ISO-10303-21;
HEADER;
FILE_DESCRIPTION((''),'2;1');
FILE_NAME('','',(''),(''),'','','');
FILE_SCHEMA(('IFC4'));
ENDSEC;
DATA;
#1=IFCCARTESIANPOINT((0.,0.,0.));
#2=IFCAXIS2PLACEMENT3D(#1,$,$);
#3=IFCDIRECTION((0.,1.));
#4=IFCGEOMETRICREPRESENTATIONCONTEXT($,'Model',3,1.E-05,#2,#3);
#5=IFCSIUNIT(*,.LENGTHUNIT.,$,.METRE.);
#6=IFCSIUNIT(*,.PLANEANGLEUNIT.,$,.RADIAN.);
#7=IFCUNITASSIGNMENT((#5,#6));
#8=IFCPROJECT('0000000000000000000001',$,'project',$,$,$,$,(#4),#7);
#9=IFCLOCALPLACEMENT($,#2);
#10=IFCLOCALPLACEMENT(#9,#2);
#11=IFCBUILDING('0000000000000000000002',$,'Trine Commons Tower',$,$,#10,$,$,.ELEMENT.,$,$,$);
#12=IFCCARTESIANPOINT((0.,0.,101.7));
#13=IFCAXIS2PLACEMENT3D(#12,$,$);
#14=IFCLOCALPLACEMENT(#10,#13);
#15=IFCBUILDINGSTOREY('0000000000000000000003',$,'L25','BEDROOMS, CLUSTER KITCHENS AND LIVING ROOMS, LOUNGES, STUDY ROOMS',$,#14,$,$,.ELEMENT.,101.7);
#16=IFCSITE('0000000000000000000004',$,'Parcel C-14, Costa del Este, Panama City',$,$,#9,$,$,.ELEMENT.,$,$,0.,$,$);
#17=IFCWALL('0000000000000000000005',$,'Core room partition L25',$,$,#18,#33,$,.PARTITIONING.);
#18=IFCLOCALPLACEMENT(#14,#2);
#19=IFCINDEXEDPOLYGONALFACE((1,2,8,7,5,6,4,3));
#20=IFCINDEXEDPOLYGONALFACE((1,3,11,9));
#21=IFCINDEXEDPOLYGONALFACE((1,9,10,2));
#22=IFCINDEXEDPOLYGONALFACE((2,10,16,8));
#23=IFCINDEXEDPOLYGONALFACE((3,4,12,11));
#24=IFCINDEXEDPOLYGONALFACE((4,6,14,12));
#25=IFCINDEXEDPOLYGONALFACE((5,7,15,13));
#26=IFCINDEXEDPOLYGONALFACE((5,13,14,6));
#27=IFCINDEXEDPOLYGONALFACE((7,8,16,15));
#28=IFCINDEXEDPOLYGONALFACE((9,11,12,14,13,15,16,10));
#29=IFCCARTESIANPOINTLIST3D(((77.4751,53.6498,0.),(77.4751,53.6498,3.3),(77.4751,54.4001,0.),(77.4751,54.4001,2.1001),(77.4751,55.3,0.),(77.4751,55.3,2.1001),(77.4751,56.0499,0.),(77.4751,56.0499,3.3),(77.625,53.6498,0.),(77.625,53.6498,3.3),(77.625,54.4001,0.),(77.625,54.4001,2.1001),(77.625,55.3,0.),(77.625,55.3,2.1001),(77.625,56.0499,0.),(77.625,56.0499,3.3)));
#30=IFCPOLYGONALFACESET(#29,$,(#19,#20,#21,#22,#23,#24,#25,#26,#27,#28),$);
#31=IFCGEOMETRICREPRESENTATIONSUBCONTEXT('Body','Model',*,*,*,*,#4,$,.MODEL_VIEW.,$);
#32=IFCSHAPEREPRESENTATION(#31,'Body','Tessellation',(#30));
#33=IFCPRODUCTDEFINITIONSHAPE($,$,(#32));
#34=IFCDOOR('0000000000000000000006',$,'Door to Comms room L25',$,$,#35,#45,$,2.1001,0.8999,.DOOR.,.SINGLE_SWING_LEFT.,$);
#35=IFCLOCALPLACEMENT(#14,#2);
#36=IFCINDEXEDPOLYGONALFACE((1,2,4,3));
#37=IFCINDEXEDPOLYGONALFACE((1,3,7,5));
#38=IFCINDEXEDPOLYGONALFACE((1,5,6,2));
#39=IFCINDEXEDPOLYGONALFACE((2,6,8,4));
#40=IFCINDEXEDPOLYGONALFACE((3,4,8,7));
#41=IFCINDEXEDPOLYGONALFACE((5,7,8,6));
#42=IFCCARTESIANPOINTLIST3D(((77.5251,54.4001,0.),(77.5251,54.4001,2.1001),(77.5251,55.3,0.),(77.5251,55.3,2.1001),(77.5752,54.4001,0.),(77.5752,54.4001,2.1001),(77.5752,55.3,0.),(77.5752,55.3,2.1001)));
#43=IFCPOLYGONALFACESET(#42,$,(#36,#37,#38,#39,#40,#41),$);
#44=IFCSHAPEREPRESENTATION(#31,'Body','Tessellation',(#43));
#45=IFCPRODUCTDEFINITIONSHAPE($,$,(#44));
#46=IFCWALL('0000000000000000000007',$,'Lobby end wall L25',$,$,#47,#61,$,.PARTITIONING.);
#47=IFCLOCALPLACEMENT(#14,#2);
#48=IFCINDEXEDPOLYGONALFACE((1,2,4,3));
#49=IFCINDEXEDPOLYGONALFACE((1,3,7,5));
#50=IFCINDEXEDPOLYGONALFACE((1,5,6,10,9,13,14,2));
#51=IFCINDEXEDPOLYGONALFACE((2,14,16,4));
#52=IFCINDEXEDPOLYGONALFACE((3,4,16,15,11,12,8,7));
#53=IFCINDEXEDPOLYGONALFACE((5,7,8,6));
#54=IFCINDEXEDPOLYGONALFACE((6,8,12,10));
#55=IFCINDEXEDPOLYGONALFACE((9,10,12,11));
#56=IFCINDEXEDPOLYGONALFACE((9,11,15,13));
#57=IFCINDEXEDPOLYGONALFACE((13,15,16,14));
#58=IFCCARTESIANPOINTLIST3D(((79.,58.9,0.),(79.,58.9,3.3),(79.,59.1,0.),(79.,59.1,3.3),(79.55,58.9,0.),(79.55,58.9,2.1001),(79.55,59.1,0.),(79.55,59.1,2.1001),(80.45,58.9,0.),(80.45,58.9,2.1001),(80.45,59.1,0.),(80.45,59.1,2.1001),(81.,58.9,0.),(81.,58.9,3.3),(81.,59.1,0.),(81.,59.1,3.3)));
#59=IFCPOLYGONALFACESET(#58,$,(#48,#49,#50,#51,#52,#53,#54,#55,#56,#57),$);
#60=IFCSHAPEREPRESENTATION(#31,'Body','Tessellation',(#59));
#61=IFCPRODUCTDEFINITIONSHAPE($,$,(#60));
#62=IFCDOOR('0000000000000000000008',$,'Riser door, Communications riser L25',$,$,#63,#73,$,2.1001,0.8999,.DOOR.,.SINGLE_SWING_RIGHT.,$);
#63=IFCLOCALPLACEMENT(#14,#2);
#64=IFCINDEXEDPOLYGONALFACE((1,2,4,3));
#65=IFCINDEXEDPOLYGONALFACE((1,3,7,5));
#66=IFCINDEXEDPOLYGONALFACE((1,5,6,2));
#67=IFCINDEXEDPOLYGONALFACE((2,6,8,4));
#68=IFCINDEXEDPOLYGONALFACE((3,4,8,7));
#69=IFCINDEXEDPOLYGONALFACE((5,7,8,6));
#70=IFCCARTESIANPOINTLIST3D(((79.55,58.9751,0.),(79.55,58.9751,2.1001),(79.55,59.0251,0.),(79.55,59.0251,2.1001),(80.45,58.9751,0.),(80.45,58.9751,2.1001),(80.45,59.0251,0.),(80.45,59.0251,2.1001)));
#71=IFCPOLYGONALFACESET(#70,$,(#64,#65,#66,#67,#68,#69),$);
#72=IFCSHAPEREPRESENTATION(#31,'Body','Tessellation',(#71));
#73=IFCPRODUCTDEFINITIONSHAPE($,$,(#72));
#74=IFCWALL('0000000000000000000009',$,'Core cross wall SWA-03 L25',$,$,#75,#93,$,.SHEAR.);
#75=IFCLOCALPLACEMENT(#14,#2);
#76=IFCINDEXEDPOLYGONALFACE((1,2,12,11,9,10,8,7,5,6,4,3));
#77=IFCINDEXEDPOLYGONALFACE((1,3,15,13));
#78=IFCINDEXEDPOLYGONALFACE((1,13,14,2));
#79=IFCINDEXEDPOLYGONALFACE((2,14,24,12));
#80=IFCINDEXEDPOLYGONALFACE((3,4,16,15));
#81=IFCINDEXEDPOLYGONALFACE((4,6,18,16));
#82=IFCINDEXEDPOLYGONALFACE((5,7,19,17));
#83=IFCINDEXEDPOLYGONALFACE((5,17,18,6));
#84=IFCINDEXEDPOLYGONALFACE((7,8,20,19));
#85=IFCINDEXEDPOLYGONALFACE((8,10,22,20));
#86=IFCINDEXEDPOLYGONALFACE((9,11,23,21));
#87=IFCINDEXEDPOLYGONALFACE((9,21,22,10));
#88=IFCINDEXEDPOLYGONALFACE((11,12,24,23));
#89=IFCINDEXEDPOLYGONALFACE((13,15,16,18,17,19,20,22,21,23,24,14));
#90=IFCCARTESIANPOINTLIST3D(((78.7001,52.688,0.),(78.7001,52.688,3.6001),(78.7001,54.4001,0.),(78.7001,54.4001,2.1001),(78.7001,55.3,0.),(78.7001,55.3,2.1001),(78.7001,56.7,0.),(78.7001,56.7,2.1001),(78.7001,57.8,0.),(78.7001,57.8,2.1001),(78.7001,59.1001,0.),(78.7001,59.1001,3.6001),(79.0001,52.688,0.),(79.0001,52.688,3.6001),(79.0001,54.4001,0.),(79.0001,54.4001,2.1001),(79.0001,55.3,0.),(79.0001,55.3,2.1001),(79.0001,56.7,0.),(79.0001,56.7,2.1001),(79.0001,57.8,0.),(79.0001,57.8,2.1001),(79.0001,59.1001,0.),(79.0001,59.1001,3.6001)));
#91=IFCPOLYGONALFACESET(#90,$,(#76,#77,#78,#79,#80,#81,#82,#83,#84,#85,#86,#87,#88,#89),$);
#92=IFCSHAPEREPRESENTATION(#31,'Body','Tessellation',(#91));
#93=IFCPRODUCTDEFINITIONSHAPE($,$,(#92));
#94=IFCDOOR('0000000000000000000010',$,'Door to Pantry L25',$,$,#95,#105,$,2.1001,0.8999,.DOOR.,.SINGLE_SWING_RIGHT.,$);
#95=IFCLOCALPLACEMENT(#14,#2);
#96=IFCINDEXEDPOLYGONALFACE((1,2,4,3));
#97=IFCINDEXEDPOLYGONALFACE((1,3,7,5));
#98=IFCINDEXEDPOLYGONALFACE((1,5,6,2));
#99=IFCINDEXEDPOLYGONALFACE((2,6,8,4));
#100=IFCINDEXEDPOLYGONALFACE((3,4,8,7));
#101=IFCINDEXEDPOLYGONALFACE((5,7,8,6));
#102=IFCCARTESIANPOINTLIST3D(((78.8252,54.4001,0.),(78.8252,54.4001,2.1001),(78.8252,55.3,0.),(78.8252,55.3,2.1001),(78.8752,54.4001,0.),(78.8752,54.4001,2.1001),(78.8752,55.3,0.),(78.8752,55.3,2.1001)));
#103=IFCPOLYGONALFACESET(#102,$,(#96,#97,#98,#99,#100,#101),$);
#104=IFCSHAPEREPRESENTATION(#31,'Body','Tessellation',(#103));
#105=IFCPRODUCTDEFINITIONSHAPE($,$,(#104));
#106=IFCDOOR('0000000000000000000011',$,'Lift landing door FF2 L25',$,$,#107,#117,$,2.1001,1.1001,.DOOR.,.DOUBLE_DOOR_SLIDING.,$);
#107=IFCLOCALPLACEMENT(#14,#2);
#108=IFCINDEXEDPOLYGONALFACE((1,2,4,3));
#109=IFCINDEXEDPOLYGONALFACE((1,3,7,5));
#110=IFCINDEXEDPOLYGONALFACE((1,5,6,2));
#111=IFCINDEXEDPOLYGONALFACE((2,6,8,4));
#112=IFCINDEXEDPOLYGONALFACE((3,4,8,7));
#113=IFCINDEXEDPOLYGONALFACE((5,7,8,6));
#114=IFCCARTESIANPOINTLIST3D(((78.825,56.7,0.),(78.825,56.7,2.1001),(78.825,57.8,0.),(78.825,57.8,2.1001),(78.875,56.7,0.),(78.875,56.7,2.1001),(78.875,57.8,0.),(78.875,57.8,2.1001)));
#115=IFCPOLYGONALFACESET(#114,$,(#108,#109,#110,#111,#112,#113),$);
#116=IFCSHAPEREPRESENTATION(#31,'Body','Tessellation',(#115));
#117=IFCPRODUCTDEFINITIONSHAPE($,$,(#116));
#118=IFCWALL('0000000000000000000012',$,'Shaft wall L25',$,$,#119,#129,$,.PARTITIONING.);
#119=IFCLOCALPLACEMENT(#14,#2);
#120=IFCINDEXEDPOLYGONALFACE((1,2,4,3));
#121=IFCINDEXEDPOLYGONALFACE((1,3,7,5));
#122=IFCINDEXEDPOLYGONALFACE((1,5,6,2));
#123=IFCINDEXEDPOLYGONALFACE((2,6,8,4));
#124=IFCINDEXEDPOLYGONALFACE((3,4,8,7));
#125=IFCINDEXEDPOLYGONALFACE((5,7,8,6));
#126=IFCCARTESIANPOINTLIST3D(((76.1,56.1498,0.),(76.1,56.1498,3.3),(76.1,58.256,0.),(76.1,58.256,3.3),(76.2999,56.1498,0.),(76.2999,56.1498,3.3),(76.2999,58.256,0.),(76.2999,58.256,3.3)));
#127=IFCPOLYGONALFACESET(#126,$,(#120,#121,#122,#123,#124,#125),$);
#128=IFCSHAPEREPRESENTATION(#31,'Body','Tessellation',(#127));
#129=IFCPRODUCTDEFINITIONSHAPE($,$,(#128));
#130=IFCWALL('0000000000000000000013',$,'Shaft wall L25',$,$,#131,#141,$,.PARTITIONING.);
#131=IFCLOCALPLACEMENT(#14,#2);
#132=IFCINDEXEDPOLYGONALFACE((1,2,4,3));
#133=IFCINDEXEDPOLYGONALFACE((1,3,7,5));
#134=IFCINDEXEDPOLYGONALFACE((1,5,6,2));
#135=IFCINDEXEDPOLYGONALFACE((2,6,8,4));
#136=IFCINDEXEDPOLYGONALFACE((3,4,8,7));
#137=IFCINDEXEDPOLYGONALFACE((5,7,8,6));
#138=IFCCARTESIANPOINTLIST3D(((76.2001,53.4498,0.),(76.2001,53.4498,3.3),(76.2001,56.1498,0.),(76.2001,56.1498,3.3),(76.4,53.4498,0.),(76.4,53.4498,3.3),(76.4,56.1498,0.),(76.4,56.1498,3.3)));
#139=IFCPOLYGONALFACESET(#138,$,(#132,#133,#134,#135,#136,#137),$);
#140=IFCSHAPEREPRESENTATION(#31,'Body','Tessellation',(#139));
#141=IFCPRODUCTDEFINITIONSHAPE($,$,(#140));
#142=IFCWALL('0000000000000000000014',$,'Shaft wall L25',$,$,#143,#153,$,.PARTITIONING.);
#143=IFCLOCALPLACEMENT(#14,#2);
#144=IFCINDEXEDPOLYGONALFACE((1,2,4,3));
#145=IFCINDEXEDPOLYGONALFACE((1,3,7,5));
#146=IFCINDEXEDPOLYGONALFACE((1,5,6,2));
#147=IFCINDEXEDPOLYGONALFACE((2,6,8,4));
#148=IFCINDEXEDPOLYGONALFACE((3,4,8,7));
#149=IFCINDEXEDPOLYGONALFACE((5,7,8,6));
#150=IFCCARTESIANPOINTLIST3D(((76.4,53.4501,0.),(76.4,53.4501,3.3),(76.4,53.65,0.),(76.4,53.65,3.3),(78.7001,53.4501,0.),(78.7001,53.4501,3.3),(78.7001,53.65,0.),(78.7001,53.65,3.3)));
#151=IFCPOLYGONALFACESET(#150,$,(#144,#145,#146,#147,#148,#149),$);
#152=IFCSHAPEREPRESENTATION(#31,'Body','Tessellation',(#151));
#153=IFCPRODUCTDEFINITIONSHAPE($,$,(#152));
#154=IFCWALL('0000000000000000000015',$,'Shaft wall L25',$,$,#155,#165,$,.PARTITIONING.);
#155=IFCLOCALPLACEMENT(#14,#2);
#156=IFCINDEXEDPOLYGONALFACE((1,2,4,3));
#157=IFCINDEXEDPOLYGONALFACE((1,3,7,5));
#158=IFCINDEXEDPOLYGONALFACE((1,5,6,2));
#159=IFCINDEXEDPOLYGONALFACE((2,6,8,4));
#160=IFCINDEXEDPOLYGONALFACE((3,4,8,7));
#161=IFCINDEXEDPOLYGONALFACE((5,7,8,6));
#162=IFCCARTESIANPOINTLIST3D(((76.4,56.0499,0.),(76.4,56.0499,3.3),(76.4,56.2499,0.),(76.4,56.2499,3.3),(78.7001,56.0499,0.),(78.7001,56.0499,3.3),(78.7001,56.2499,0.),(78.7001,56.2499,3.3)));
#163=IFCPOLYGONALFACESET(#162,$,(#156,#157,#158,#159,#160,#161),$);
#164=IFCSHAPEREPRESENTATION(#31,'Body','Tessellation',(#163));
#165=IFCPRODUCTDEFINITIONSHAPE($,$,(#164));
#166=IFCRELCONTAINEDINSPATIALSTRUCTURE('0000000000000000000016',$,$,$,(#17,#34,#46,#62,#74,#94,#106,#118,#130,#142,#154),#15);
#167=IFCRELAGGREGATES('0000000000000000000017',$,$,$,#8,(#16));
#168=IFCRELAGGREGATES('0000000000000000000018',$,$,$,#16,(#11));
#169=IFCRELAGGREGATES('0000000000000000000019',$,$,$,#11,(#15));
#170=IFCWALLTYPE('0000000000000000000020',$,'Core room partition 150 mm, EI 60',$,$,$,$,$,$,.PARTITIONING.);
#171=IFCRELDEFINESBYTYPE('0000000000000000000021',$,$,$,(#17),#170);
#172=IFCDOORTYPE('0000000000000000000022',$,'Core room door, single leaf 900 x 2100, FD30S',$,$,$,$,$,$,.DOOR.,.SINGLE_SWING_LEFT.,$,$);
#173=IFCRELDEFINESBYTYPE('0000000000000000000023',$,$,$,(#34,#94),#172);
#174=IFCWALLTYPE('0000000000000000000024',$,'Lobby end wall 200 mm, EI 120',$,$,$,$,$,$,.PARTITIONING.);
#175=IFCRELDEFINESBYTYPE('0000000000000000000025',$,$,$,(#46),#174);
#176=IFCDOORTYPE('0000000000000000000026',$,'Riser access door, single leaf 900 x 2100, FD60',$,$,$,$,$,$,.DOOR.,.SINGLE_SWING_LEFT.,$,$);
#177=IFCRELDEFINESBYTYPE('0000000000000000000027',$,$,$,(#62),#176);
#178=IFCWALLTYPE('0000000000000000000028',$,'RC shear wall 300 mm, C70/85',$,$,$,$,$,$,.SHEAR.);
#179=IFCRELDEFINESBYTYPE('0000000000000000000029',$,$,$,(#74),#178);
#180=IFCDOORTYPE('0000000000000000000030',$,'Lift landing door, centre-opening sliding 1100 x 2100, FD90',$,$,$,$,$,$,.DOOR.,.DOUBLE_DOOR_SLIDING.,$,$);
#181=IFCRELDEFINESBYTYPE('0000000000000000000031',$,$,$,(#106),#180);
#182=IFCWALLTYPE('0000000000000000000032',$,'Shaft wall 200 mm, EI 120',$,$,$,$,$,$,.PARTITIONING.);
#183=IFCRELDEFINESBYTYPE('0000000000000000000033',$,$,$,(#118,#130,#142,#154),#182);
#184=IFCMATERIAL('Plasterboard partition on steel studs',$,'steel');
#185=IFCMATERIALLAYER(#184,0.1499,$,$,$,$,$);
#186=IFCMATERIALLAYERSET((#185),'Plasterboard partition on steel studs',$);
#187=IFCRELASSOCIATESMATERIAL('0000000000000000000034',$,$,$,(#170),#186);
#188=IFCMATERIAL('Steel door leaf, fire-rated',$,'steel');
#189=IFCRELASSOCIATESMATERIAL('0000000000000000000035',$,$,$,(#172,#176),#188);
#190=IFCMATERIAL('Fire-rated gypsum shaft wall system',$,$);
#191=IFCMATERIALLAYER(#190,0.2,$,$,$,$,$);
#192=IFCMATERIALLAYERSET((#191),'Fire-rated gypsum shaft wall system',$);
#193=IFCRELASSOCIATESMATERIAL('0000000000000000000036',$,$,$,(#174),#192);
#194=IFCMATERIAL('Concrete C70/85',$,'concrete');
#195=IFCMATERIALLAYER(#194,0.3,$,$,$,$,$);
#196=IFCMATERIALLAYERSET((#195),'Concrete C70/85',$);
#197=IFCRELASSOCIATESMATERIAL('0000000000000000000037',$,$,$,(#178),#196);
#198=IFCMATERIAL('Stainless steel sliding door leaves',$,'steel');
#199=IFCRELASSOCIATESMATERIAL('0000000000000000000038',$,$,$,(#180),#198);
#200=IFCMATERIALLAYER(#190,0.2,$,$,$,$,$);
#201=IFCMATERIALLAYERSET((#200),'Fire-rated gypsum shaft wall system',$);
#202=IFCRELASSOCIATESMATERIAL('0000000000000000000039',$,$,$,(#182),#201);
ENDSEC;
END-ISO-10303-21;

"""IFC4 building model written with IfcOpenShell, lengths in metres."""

from ifc_helpers import new_model, si_unit, direction, frame, frame_2d, origin, place, context, subcontext, project, spatial, rectangle, extrude, material, layer, layer_set, type_object, element, fill, save


model = new_model("IFC4")

# Units and contexts
model_context = context("Model", 3, precision=1e-05, world=origin(), true_north=direction((0.0, 1.0)))
body_context = subcontext(model_context, "Body", "Model", "MODEL_VIEW")
ifc_project = project(units=[si_unit("LENGTHUNIT", "METRE"), si_unit("PLANEANGLEUNIT", "RADIAN")], contexts=[model_context])

# Site, building, storey
site_placement = place(None, origin())
site = spatial("IfcSite", under=ifc_project, at=site_placement, Name="Parcel C-14, Costa del Este, Panama City", CompositionType="ELEMENT", RefElevation=0.0)
building_placement = place(site_placement, origin())
building = spatial("IfcBuilding", under=site, at=building_placement, Name="Trine Commons Tower", CompositionType="ELEMENT")
storey_placement = place(building_placement, frame((0.0, 0.0, 101.7)))
storey = spatial("IfcBuildingStorey", under=building, at=storey_placement, Name="L25", Description="BEDROOMS, CLUSTER KITCHENS AND LIVING ROOMS, LOUNGES, STUDY ROOMS", CompositionType="ELEMENT", Elevation=101.7)

# Walls, openings, doors
ifc_material_1 = material(Name="Plasterboard partition on steel studs", Category="steel")
ifc_layer_1 = layer(ifc_material_1, 0.1499)
ifc_layer_set_1 = layer_set([ifc_layer_1], Name="Plasterboard partition on steel studs")
wall_type_1 = type_object("IfcWallType", Name="Core room partition 150 mm, EI 60", PredefinedType="PARTITIONING", material=ifc_layer_set_1)
wall_1_placement = place(storey_placement, frame((77.55, 56.05, 0.0), z_axis=(0.0, 0.0, 1.0), x_axis=(0.0, -1.0, 0.0)))
wall_1 = element("IfcWall", 1, at=wall_1_placement, inside=storey, type_object=wall_type_1, Name="Core room partition L25", PredefinedType="PARTITIONING", context=body_context, shape_type="SweptSolid", body=[
    extrude(rectangle(XDim=2.4001, YDim=0.1499, at=frame_2d((1.2002, 0.0))), origin(), (0.0, 0.0, 1.0), 3.3),
])
opening_1_placement = place(wall_1_placement, frame((0.75, 0.0, 0.0)))
opening_1 = element("IfcOpeningElement", 2, at=opening_1_placement, cuts=wall_1, PredefinedType="OPENING", context=body_context, shape_type="SweptSolid", body=[
    extrude(rectangle(XDim=0.8999, YDim=2.1001, at=frame_2d((0.45, 1.05))), frame((0.0, 0.085, 0.0), z_axis=(0.0, -1.0, 0.0), x_axis=(1.0, 0.0, 0.0)), (0.0, 0.0, 1.0), 0.1699),
])
ifc_material_2 = material(Name="Steel door leaf, fire-rated", Category="steel")
door_type_1 = type_object("IfcDoorType", Name="Core room door, single leaf 900 x 2100, FD30S", OperationType="SINGLE_SWING_LEFT", PredefinedType="DOOR", material=ifc_material_2)
door_1_placement = place(opening_1_placement, frame((0.8999, 0.0, 0.0), z_axis=(0.0, 0.0, 1.0), x_axis=(-1.0, 0.0, 0.0)))
door_1 = element("IfcDoor", 3, at=door_1_placement, inside=storey, type_object=door_type_1, Name="Door to Comms room L25", OperationType="SINGLE_SWING_LEFT", OverallHeight=2.1001, OverallWidth=0.8999, PredefinedType="DOOR", context=body_context, shape_type="SweptSolid", body=[
    extrude(rectangle(XDim=0.8999, YDim=2.1001, at=frame_2d((0.45, 1.05))), frame((0.0, 0.0249, 0.0), z_axis=(0.0, -1.0, 0.0), x_axis=(1.0, 0.0, 0.0)), (0.0, 0.0, 1.0), 0.05),
])
fill(opening_1, door_1)
ifc_material_3 = material(Name="Fire-rated gypsum shaft wall system")
ifc_layer_2 = layer(ifc_material_3, 0.2)
ifc_layer_set_2 = layer_set([ifc_layer_2], Name="Fire-rated gypsum shaft wall system")
wall_type_2 = type_object("IfcWallType", Name="Lobby end wall 200 mm, EI 120", PredefinedType="PARTITIONING", material=ifc_layer_set_2)
wall_2_placement = place(storey_placement, frame((79.0, 59.0, 0.0), z_axis=(0.0, 0.0, 1.0), x_axis=(1.0, 0.0, 0.0)))
wall_2 = element("IfcWall", 4, at=wall_2_placement, inside=storey, type_object=wall_type_2, Name="Lobby end wall L25", PredefinedType="PARTITIONING", context=body_context, shape_type="SweptSolid", body=[
    extrude(rectangle(XDim=2.0, YDim=0.2, at=frame_2d((1.0, 0.0))), origin(), (0.0, 0.0, 1.0), 3.3),
])
opening_2_placement = place(wall_2_placement, frame((0.55, 0.0, 0.0)))
opening_2 = element("IfcOpeningElement", 5, at=opening_2_placement, cuts=wall_2, PredefinedType="OPENING", context=body_context, shape_type="SweptSolid", body=[
    extrude(rectangle(XDim=0.8999, YDim=2.1001, at=frame_2d((0.45, 1.05))), frame((0.0, 0.1099, 0.0), z_axis=(0.0, -1.0, 0.0), x_axis=(1.0, 0.0, 0.0)), (0.0, 0.0, 1.0), 0.22),
])
door_type_2 = type_object("IfcDoorType", Name="Riser access door, single leaf 900 x 2100, FD60", OperationType="SINGLE_SWING_LEFT", PredefinedType="DOOR", material=ifc_material_2)
door_2_placement = place(opening_2_placement, frame((0.8999, 0.0, 0.0), z_axis=(0.0, 0.0, 1.0), x_axis=(-1.0, 0.0, 0.0)))
door_2 = element("IfcDoor", 6, at=door_2_placement, inside=storey, type_object=door_type_2, Name="Riser door, Communications riser L25", OperationType="SINGLE_SWING_RIGHT", OverallHeight=2.1001, OverallWidth=0.8999, PredefinedType="DOOR", context=body_context, shape_type="SweptSolid", body=[
    extrude(rectangle(XDim=0.8999, YDim=2.1001, at=frame_2d((0.45, 1.05))), frame((0.0, 0.0249, 0.0), z_axis=(0.0, -1.0, 0.0), x_axis=(1.0, 0.0, 0.0)), (0.0, 0.0, 1.0), 0.05),
])
fill(opening_2, door_2)

# Wall, openings, doors
ifc_material_4 = material(Name="Concrete C70/85", Category="concrete")
ifc_layer_3 = layer(ifc_material_4, 0.3)
ifc_layer_set_3 = layer_set([ifc_layer_3], Name="Concrete C70/85")
wall_type_3 = type_object("IfcWallType", Name="RC shear wall 300 mm, C70/85", PredefinedType="SHEAR", material=ifc_layer_set_3)
wall_3_placement = place(storey_placement, frame((78.8501, 59.1001, 0.0), z_axis=(0.0, 0.0, 1.0), x_axis=(0.0, -1.0, 0.0)))
wall_3 = element("IfcWall", 7, at=wall_3_placement, inside=storey, type_object=wall_type_3, Name="Core cross wall SWA-03 L25", PredefinedType="SHEAR", context=body_context, shape_type="SweptSolid", body=[
    extrude(rectangle(XDim=6.4121, YDim=0.3, at=frame_2d((3.2061, 0.0))), origin(), (0.0, 0.0, 1.0), 3.6001),
])
opening_3_placement = place(wall_3_placement, frame((3.8, 0.0, 0.0)))
opening_3 = element("IfcOpeningElement", 8, at=opening_3_placement, cuts=wall_3, PredefinedType="OPENING", context=body_context, shape_type="SweptSolid", body=[
    extrude(rectangle(XDim=0.8999, YDim=2.1001, at=frame_2d((0.45, 1.05))), frame((0.0, 0.1599, 0.0), z_axis=(0.0, -1.0, 0.0), x_axis=(1.0, 0.0, 0.0)), (0.0, 0.0, 1.0), 0.3201),
])
opening_4_placement = place(wall_3_placement, frame((1.3, 0.0, 0.0)))
opening_4 = element("IfcOpeningElement", 9, at=opening_4_placement, cuts=wall_3, PredefinedType="OPENING", context=body_context, shape_type="SweptSolid", body=[
    extrude(rectangle(XDim=1.1001, YDim=2.1001, at=frame_2d((0.55, 1.05))), frame((0.0, 0.1599, 0.0), z_axis=(0.0, -1.0, 0.0), x_axis=(1.0, 0.0, 0.0)), (0.0, 0.0, 1.0), 0.3201),
])
door_3_placement = place(opening_3_placement, frame((0.8999, 0.0, 0.0), z_axis=(0.0, 0.0, 1.0), x_axis=(-1.0, 0.0, 0.0)))
door_3 = element("IfcDoor", 10, at=door_3_placement, inside=storey, type_object=door_type_1, Name="Door to Pantry L25", OperationType="SINGLE_SWING_RIGHT", OverallHeight=2.1001, OverallWidth=0.8999, PredefinedType="DOOR", context=body_context, shape_type="SweptSolid", body=[
    extrude(rectangle(XDim=0.8999, YDim=2.1001, at=frame_2d((0.45, 1.05))), frame((0.0, 0.0249, 0.0), z_axis=(0.0, -1.0, 0.0), x_axis=(1.0, 0.0, 0.0)), (0.0, 0.0, 1.0), 0.05),
])
fill(opening_3, door_3)
ifc_material_5 = material(Name="Stainless steel sliding door leaves", Category="steel")
door_type_3 = type_object("IfcDoorType", Name="Lift landing door, centre-opening sliding 1100 x 2100, FD90", OperationType="DOUBLE_DOOR_SLIDING", PredefinedType="DOOR", material=ifc_material_5)
door_4_placement = place(opening_4_placement, origin())
door_4 = element("IfcDoor", 11, at=door_4_placement, inside=storey, type_object=door_type_3, Name="Lift landing door FF2 L25", OperationType="DOUBLE_DOOR_SLIDING", OverallHeight=2.1001, OverallWidth=1.1001, PredefinedType="DOOR", context=body_context, shape_type="SweptSolid", body=[
    extrude(rectangle(XDim=1.1001, YDim=2.1001, at=frame_2d((0.55, 1.05))), frame((0.0, 0.0249, 0.0), z_axis=(0.0, -1.0, 0.0), x_axis=(1.0, 0.0, 0.0)), (0.0, 0.0, 1.0), 0.05),
])
fill(opening_4, door_4)

# Walls
ifc_layer_4 = layer(ifc_material_3, 0.2)
ifc_layer_set_4 = layer_set([ifc_layer_4], Name="Fire-rated gypsum shaft wall system")
wall_type_4 = type_object("IfcWallType", Name="Shaft wall 200 mm, EI 120", PredefinedType="PARTITIONING", material=ifc_layer_set_4)
wall_4_placement = place(storey_placement, frame((76.2, 58.2561, 0.0), z_axis=(0.0, 0.0, 1.0), x_axis=(0.0, -1.0, 0.0)))
element("IfcWall", 12, at=wall_4_placement, inside=storey, type_object=wall_type_4, Name="Shaft wall L25", PredefinedType="PARTITIONING", context=body_context, shape_type="SweptSolid", body=[
    extrude(rectangle(XDim=2.1062, YDim=0.2, at=frame_2d((1.0532, 0.0))), origin(), (0.0, 0.0, 1.0), 3.3),
])
wall_5_placement = place(storey_placement, frame((76.3, 56.1499, 0.0), z_axis=(0.0, 0.0, 1.0), x_axis=(0.0, -1.0, 0.0)))
element("IfcWall", 13, at=wall_5_placement, inside=storey, type_object=wall_type_4, Name="Shaft wall L25", PredefinedType="PARTITIONING", context=body_context, shape_type="SweptSolid", body=[
    extrude(rectangle(XDim=2.7, YDim=0.2, at=frame_2d((1.3501, 0.0))), origin(), (0.0, 0.0, 1.0), 3.3),
])
for number, where, z_axis, x_axis, name in (
    (14, (78.7, 53.55, 0.0), (0.0, 0.0, 1.0), (-1.0, 0.0, 0.0), "Shaft wall L25"),
    (15, (78.7, 56.1499, 0.0), (0.0, 0.0, 1.0), (-1.0, 0.0, 0.0), "Shaft wall L25"),
):
    element("IfcWall", number, at=place(storey_placement, frame(where, z_axis=z_axis, x_axis=x_axis)), inside=storey, type_object=wall_type_4, Name=name, PredefinedType="PARTITIONING", context=body_context, shape_type="SweptSolid", body=[
        extrude(rectangle(XDim=2.3, YDim=0.2, at=frame_2d((1.1499, 0.0))), origin(), (0.0, 0.0, 1.0), 3.3),
    ])

save(model, "model.ifc")
